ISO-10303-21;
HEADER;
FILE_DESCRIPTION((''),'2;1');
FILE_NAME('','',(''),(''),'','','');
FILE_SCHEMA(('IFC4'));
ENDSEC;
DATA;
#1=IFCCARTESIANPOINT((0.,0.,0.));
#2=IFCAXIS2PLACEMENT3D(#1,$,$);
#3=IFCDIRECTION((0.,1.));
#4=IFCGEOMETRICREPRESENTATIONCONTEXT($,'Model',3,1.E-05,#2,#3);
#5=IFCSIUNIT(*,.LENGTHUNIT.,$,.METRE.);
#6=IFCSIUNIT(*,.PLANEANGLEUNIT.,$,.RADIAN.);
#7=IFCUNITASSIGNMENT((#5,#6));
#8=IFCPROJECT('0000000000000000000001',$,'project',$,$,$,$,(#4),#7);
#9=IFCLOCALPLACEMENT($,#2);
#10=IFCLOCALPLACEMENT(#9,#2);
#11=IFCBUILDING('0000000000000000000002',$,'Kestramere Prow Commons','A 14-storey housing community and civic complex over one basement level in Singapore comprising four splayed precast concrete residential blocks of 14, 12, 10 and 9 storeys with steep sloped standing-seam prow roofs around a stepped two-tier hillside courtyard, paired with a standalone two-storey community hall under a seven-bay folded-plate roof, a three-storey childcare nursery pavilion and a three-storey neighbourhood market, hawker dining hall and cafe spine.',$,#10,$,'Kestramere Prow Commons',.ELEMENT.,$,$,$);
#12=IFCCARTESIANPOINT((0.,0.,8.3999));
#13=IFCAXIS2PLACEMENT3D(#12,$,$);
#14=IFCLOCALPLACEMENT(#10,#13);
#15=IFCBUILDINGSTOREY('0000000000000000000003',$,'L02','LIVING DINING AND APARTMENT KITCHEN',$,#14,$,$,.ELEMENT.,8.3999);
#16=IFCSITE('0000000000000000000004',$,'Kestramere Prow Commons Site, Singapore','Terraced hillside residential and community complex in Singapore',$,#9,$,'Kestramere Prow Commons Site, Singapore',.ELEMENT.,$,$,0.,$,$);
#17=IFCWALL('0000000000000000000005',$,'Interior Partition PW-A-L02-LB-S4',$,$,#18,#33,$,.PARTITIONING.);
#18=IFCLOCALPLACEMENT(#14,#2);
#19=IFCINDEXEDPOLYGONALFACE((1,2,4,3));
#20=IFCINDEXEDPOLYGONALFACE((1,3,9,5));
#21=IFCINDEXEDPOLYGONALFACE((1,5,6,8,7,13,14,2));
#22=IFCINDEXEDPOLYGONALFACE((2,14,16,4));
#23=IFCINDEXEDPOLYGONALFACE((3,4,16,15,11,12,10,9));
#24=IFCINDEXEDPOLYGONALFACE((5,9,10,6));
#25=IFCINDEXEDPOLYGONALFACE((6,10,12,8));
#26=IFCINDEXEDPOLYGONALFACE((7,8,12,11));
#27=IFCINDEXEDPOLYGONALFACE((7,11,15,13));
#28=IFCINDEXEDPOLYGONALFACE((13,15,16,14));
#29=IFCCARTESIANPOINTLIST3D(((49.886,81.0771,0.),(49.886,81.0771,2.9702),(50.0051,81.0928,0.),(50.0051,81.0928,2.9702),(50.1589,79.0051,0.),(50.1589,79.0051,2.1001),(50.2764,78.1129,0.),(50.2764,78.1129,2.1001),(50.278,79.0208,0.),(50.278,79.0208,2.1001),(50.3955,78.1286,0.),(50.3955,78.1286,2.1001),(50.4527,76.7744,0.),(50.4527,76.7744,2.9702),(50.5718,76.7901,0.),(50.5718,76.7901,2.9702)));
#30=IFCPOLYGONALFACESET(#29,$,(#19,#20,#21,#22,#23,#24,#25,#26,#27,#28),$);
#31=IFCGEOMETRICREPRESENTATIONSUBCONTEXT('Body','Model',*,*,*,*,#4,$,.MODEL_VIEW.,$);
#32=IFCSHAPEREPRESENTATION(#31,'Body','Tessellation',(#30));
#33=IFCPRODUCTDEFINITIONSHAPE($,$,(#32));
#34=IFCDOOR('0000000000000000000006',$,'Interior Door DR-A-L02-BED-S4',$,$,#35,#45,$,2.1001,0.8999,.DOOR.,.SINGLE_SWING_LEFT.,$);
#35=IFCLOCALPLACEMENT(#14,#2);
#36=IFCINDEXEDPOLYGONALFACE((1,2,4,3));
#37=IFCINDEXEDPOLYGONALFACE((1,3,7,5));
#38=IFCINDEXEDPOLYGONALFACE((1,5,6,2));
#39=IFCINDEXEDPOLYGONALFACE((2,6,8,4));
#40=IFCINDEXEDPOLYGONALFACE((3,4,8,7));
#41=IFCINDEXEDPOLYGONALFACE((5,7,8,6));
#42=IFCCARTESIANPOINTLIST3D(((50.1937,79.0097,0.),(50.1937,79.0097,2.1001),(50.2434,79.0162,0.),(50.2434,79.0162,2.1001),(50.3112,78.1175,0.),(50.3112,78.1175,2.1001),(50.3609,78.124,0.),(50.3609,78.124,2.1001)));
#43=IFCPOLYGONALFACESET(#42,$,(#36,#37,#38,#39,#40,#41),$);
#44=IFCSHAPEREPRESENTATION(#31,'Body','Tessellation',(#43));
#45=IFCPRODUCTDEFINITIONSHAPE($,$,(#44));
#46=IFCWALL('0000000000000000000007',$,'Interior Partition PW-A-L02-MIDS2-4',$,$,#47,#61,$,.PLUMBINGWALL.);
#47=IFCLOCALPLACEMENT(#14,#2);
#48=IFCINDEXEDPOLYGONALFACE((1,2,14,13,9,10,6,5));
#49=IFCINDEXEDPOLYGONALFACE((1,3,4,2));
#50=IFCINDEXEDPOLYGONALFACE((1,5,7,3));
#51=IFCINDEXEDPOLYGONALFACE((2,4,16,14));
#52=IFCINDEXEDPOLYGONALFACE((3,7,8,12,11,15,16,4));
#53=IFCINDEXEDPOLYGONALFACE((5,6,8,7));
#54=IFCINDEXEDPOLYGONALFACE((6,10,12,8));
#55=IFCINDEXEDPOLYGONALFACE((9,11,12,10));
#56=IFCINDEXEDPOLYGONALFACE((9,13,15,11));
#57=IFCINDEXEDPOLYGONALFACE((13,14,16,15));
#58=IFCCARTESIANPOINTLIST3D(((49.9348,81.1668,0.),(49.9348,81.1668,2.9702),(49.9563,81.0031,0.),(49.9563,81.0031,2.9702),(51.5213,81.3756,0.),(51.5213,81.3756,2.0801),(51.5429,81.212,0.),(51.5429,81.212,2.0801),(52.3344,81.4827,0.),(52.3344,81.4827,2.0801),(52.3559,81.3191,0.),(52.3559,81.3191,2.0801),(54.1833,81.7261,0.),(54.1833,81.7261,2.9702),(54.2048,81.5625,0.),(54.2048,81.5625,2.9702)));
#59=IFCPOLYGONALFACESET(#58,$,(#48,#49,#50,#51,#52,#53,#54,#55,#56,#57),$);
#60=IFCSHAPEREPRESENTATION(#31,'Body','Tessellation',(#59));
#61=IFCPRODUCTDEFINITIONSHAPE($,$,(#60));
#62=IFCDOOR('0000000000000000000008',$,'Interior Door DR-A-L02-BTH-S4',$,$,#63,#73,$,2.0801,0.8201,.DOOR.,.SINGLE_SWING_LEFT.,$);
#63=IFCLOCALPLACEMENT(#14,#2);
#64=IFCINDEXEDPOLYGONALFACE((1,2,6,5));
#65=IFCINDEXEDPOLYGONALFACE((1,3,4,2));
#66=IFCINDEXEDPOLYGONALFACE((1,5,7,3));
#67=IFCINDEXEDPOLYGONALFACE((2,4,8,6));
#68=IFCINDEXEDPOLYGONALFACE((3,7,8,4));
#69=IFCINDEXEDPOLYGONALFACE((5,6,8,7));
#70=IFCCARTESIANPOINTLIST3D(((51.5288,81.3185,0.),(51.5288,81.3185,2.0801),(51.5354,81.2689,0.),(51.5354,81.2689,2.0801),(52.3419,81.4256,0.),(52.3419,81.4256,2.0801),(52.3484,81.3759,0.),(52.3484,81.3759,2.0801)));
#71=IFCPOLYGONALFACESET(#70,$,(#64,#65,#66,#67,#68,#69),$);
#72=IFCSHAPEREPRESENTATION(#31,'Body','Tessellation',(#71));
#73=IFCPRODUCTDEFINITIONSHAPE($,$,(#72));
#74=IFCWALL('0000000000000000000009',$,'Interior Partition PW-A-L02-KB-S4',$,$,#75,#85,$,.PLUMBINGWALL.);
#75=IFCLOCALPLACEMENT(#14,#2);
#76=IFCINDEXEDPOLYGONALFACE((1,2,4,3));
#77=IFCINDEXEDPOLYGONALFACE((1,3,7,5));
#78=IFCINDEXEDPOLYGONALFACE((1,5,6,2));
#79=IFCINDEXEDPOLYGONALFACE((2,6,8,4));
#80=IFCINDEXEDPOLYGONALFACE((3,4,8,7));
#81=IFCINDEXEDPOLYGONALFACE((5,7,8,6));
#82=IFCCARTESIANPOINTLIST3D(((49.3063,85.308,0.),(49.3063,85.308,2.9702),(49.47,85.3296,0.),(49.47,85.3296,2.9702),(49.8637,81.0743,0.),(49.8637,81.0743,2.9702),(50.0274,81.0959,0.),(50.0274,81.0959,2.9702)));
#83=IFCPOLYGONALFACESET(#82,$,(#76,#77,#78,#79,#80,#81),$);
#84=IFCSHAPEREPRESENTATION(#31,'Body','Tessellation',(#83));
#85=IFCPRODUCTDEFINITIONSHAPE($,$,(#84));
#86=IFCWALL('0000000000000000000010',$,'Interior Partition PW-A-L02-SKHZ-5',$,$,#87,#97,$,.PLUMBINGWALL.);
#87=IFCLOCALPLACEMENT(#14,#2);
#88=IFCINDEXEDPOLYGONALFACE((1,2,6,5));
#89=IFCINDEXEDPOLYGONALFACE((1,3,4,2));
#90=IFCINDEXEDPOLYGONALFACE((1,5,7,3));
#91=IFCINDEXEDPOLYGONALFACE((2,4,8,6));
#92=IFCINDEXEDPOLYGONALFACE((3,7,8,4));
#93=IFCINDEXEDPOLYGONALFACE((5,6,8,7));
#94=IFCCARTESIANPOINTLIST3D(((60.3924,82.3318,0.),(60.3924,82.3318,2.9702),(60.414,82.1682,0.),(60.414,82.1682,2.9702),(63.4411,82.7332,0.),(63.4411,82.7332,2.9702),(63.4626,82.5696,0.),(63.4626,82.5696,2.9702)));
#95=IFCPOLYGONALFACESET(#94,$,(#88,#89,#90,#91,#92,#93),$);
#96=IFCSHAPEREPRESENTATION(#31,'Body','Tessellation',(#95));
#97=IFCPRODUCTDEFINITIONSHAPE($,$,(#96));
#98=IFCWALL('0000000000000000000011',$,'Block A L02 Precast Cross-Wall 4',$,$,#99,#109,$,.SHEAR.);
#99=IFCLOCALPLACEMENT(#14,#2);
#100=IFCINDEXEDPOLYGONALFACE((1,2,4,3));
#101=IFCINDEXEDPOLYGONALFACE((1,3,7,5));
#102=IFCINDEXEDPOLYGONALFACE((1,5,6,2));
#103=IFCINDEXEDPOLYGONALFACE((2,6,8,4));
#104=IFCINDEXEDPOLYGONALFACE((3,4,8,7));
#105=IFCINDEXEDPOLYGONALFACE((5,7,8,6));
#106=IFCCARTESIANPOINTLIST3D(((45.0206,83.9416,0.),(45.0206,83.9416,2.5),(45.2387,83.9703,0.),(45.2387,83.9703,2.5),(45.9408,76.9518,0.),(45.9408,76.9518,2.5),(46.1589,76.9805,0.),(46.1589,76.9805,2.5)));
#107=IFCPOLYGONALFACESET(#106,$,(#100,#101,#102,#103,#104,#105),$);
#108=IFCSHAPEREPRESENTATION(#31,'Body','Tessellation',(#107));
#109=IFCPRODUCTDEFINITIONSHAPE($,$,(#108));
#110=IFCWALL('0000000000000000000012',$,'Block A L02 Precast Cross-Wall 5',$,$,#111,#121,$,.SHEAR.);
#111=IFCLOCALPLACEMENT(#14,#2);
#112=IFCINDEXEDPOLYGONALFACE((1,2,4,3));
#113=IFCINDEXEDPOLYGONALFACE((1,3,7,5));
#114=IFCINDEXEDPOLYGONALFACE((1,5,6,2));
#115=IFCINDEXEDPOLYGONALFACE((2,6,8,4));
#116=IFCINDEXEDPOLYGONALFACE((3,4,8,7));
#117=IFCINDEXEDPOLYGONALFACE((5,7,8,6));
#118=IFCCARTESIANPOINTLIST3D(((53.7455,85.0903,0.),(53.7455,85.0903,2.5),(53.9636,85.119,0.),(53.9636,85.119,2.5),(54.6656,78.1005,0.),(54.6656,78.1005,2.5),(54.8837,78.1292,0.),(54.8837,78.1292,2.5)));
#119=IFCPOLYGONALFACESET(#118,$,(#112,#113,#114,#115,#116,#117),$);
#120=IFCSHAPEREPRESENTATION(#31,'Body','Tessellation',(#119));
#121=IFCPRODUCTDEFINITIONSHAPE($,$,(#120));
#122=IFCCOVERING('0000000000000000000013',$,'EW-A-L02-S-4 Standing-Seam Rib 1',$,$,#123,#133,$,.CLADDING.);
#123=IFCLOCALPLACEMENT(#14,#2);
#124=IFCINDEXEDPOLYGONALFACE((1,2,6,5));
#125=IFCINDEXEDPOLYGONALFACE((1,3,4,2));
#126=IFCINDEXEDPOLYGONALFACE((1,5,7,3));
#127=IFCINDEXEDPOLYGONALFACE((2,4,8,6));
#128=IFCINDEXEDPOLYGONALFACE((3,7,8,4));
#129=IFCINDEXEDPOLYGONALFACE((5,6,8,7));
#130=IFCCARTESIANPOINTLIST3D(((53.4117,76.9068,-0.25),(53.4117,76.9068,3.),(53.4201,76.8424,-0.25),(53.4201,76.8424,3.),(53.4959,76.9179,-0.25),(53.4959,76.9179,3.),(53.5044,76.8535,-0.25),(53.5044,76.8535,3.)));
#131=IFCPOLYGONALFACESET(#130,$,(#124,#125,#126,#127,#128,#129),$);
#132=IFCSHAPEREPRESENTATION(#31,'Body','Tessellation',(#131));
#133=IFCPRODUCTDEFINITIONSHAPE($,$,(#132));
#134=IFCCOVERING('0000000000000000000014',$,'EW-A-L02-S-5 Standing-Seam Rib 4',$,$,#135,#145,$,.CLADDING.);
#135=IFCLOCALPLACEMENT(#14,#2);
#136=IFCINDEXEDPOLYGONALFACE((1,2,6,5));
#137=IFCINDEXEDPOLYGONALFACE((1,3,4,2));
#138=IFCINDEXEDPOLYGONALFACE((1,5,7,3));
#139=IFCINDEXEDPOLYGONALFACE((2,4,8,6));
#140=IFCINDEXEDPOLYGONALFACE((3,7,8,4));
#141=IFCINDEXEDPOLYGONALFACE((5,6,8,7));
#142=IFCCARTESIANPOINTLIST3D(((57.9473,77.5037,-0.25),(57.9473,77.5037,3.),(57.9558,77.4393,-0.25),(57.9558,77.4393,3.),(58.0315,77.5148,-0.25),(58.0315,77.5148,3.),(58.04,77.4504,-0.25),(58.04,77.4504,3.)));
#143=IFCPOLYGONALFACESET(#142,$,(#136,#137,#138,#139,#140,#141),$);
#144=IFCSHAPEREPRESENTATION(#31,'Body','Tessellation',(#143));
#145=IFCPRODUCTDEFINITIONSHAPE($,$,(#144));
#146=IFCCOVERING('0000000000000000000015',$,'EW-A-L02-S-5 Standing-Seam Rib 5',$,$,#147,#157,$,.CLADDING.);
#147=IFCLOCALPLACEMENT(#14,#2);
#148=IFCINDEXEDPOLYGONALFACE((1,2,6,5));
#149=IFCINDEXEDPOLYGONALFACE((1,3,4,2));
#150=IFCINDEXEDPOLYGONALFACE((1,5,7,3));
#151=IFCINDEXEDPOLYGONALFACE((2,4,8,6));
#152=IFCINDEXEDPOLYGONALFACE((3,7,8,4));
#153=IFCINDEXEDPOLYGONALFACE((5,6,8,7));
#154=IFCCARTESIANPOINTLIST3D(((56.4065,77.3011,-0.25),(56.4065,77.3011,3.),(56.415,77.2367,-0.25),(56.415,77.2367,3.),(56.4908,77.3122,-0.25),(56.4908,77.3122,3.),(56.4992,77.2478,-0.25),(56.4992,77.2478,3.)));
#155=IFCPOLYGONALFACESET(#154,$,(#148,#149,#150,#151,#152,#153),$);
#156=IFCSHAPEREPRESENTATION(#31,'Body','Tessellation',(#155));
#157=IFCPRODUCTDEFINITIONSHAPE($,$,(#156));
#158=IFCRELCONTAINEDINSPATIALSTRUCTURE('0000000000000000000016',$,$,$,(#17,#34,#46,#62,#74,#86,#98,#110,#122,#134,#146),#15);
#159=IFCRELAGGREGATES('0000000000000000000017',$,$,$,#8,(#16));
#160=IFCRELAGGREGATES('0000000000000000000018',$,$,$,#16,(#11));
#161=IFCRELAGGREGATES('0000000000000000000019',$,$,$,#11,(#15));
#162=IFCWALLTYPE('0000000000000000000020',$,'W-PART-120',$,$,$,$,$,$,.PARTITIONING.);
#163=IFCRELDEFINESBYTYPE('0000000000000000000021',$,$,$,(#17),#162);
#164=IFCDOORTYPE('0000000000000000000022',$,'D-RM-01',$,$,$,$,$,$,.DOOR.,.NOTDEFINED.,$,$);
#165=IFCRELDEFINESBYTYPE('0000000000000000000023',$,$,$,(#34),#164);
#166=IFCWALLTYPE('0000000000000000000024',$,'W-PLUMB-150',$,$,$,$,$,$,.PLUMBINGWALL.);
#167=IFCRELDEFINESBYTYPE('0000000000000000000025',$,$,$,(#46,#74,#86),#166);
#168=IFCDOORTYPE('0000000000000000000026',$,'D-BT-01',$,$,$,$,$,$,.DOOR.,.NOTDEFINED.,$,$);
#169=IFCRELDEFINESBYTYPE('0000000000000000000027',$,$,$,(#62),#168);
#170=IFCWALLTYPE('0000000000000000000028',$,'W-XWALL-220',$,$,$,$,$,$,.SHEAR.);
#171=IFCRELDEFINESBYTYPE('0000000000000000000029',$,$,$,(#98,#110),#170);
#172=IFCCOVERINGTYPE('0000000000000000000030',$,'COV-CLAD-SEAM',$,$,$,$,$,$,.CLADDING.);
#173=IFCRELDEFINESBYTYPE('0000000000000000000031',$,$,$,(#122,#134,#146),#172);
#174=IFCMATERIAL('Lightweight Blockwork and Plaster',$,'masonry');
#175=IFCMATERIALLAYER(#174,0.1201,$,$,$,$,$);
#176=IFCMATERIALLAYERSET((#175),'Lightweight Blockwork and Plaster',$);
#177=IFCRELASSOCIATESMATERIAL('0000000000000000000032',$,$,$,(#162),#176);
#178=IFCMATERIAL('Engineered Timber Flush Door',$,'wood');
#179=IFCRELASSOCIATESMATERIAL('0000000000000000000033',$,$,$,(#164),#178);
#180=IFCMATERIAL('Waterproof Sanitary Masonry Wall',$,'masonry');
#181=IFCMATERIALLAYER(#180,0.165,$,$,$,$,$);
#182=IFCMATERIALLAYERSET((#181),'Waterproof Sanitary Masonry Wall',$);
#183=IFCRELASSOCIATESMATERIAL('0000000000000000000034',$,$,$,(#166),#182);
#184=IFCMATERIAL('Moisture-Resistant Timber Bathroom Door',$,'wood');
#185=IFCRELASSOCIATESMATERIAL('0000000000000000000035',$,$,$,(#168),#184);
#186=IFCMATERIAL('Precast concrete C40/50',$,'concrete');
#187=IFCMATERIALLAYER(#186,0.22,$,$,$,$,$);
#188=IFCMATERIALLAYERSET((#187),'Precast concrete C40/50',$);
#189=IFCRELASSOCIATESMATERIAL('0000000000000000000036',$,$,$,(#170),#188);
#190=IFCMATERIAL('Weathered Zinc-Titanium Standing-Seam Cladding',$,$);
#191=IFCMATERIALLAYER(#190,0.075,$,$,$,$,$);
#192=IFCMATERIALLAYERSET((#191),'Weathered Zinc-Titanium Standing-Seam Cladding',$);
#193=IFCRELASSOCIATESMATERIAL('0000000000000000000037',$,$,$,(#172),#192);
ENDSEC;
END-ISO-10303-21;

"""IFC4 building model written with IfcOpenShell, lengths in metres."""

from ifc_helpers import new_model, si_unit, direction, frame, frame_2d, origin, origin_2d, place, context, subcontext, project, spatial, rectangle, extrude, material, layer, layer_set, type_object, element, fill, save


model = new_model("IFC4")

# Units and contexts
model_context = context("Model", 3, precision=1e-05, world=origin(), true_north=direction((0.0, 1.0)))
body_context = subcontext(model_context, "Body", "Model", "MODEL_VIEW")
ifc_project = project(units=[si_unit("LENGTHUNIT", "METRE"), si_unit("PLANEANGLEUNIT", "RADIAN")], contexts=[model_context])

# Site, building, storey
site_placement = place(None, origin())
site = spatial("IfcSite", under=ifc_project, at=site_placement, Name="Kestramere Prow Commons Site, Singapore", Description="Terraced hillside residential and community complex in Singapore", LongName="Kestramere Prow Commons Site, Singapore", CompositionType="ELEMENT", RefElevation=0.0)
building_placement = place(site_placement, origin())
building = spatial("IfcBuilding", under=site, at=building_placement, Name="Kestramere Prow Commons", Description="A 14-storey housing community and civic complex over one basement level in Singapore comprising four splayed precast concrete residential blocks of 14, 12, 10 and 9 storeys with steep sloped standing-seam prow roofs around a stepped two-tier hillside courtyard, paired with a standalone two-storey community hall under a seven-bay folded-plate roof, a three-storey childcare nursery pavilion and a three-storey neighbourhood market, hawker dining hall and cafe spine.", LongName="Kestramere Prow Commons", CompositionType="ELEMENT")
storey_placement = place(building_placement, frame((0.0, 0.0, 8.3999)))
storey = spatial("IfcBuildingStorey", under=building, at=storey_placement, Name="L02", Description="LIVING DINING AND APARTMENT KITCHEN", CompositionType="ELEMENT", Elevation=8.3999)

# Shared definitions
ifc_material_1 = material(Name="Precast concrete C40/50", Category="concrete")

# Walls, openings, doors
ifc_material_2 = material(Name="Lightweight Blockwork and Plaster", Category="masonry")
ifc_layer_1 = layer(ifc_material_2, 0.1201)
ifc_layer_set_1 = layer_set([ifc_layer_1], Name="Lightweight Blockwork and Plaster")
wall_type_1 = type_object("IfcWallType", Name="W-PART-120", PredefinedType="PARTITIONING", material=ifc_layer_set_1)
wall_1_placement = place(storey_placement, frame((50.5122, 76.7822, 0.0), z_axis=(0.0, 0.0, 1.0), x_axis=(-0.130568, 0.991439, 0.0)))
wall_1 = element("IfcWall", 1, at=wall_1_placement, inside=storey, type_object=wall_type_1, Name="Interior Partition PW-A-L02-LB-S4", PredefinedType="PARTITIONING", context=body_context, shape_type="SweptSolid", body=[
    extrude(rectangle(XDim=4.3398, YDim=0.1201, at=frame_2d((2.1699, 0.0))), origin(), (0.0, 0.0, 1.0), 2.9702),
])
opening_1_placement = place(wall_1_placement, frame((1.3501, 0.0, 0.0)))
opening_1 = element("IfcOpeningElement", 2, at=opening_1_placement, cuts=wall_1, PredefinedType="OPENING", context=body_context, shape_type="SweptSolid", body=[
    extrude(rectangle(XDim=0.8999, YDim=2.1001, at=frame_2d((0.45, 1.05))), frame((0.0, 0.075, 0.0), z_axis=(0.0, -1.0, 0.0), x_axis=(1.0, 0.0, 0.0)), (0.0, 0.0, 1.0), 0.1501),
])
ifc_material_3 = material(Name="Engineered Timber Flush Door", Category="wood")
door_type_1 = type_object("IfcDoorType", Name="D-RM-01", OperationType="NOTDEFINED", PredefinedType="DOOR", material=ifc_material_3)
door_1_placement = place(opening_1_placement, origin())
door_1 = element("IfcDoor", 3, at=door_1_placement, inside=storey, type_object=door_type_1, Name="Interior Door DR-A-L02-BED-S4", OperationType="SINGLE_SWING_LEFT", OverallHeight=2.1001, OverallWidth=0.8999, PredefinedType="DOOR", context=body_context, shape_type="SweptSolid", body=[
    extrude(rectangle(XDim=0.8999, YDim=2.1001, at=frame_2d((0.45, 1.05))), frame((0.0, 0.0249, 0.0), z_axis=(0.0, -1.0, 0.0), x_axis=(1.0, 0.0, 0.0)), (0.0, 0.0, 1.0), 0.05),
])
fill(opening_1, door_1)
ifc_material_4 = material(Name="Waterproof Sanitary Masonry Wall", Category="masonry")
ifc_layer_2 = layer(ifc_material_4, 0.165)
ifc_layer_set_2 = layer_set([ifc_layer_2], Name="Waterproof Sanitary Masonry Wall")
wall_type_2 = type_object("IfcWallType", Name="W-PLUMB-150", PredefinedType="PLUMBINGWALL", material=ifc_layer_set_2)
wall_2_placement = place(storey_placement, frame((49.9456, 81.085, 0.0), z_axis=(0.0, 0.0, 1.0), x_axis=(0.991445, 0.130525, 0.0)))
wall_2 = element("IfcWall", 4, at=wall_2_placement, inside=storey, type_object=wall_type_2, Name="Interior Partition PW-A-L02-MIDS2-4", PredefinedType="PLUMBINGWALL", context=body_context, shape_type="SweptSolid", body=[
    extrude(rectangle(XDim=4.2852, YDim=0.165, at=frame_2d((2.1426, 0.0))), origin(), (0.0, 0.0, 1.0), 2.9702),
])
opening_2_placement = place(wall_2_placement, frame((1.6001, 0.0, 0.0)))
opening_2 = element("IfcOpeningElement", 5, at=opening_2_placement, cuts=wall_2, PredefinedType="OPENING", context=body_context, shape_type="SweptSolid", body=[
    extrude(rectangle(XDim=0.8201, YDim=2.0801, at=frame_2d((0.4102, 1.04))), frame((0.0, 0.0974, 0.0), z_axis=(0.0, -1.0, 0.0), x_axis=(1.0, 0.0, 0.0)), (0.0, 0.0, 1.0), 0.1951),
])
ifc_material_5 = material(Name="Moisture-Resistant Timber Bathroom Door", Category="wood")
door_type_2 = type_object("IfcDoorType", Name="D-BT-01", OperationType="NOTDEFINED", PredefinedType="DOOR", material=ifc_material_5)
door_2_placement = place(opening_2_placement, origin())
door_2 = element("IfcDoor", 6, at=door_2_placement, inside=storey, type_object=door_type_2, Name="Interior Door DR-A-L02-BTH-S4", OperationType="SINGLE_SWING_LEFT", OverallHeight=2.0801, OverallWidth=0.8201, PredefinedType="DOOR", context=body_context, shape_type="SweptSolid", body=[
    extrude(rectangle(XDim=0.8201, YDim=2.0801, at=frame_2d((0.4102, 1.04))), frame((0.0, 0.0249, 0.0), z_axis=(0.0, -1.0, 0.0), x_axis=(1.0, 0.0, 0.0)), (0.0, 0.0, 1.0), 0.05),
])
fill(opening_2, door_2)

# Walls
wall_3_placement = place(storey_placement, frame((49.9456, 81.085, 0.0), z_axis=(0.0, 0.0, 1.0), x_axis=(-0.130527, 0.991445, 0.0)))
element("IfcWall", 7, at=wall_3_placement, inside=storey, type_object=wall_type_2, Name="Interior Partition PW-A-L02-KB-S4", PredefinedType="PLUMBINGWALL", context=body_context, shape_type="SweptSolid", body=[
    extrude(rectangle(XDim=4.2703, YDim=0.165, at=frame_2d((2.1353, 0.0))), origin(), (0.0, 0.0, 1.0), 2.9702),
])
wall_4_placement = place(storey_placement, frame((60.4031, 82.25, 0.0), z_axis=(0.0, 0.0, 1.0), x_axis=(0.991444, 0.130531, 0.0)))
element("IfcWall", 8, at=wall_4_placement, inside=storey, type_object=wall_type_2, Name="Interior Partition PW-A-L02-SKHZ-5", PredefinedType="PLUMBINGWALL", context=body_context, shape_type="SweptSolid", body=[
    extrude(rectangle(XDim=3.075, YDim=0.165, at=frame_2d((1.5376, 0.0))), origin(), (0.0, 0.0, 1.0), 2.9702),
])
ifc_layer_3 = layer(ifc_material_1, 0.22)
ifc_layer_set_3 = layer_set([ifc_layer_3], Name="Precast concrete C40/50")
wall_type_3 = type_object("IfcWallType", Name="W-XWALL-220", PredefinedType="SHEAR", material=ifc_layer_set_3)
for number, where, z_axis, x_axis, name in (
    (9, (46.0498, 76.9663, 0.0), (0.0, 0.0, 1.0), (-0.130519, 0.991446, 0.0), "Block A L02 Precast Cross-Wall 4"),
    (10, (54.7747, 78.115, 0.0), (0.0, 0.0, 1.0), (-0.130519, 0.991446, 0.0), "Block A L02 Precast Cross-Wall 5"),
):
    element("IfcWall", number, at=place(storey_placement, frame(where, z_axis=z_axis, x_axis=x_axis)), inside=storey, type_object=wall_type_3, Name=name, PredefinedType="SHEAR", context=body_context, shape_type="SweptSolid", body=[
        extrude(rectangle(XDim=7.05, YDim=0.22, at=frame_2d((3.5249, 0.0))), origin(), (0.0, 0.0, 1.0), 2.5),
    ])

# Coverings
ifc_material_6 = material(Name="Weathered Zinc-Titanium Standing-Seam Cladding")
ifc_layer_4 = layer(ifc_material_6, 0.075)
ifc_layer_set_4 = layer_set([ifc_layer_4], Name="Weathered Zinc-Titanium Standing-Seam Cladding")
covering_type = type_object("IfcCoveringType", Name="COV-CLAD-SEAM", PredefinedType="CLADDING", material=ifc_layer_set_4)
for number, where, z_axis, x_axis, name in (
    (11, (53.458, 76.8801, -0.25), (0.0, 0.0, 1.0), (-0.991445, -0.130526, 0.0), "EW-A-L02-S-4 Standing-Seam Rib 1"),
    (12, (57.9937, 77.4771, -0.25), (0.0, 0.0, 1.0), (-0.991445, -0.130526, 0.0), "EW-A-L02-S-5 Standing-Seam Rib 4"),
    (13, (56.4529, 77.2744, -0.25), (0.0, 0.0, 1.0), (-0.991445, -0.130526, 0.0), "EW-A-L02-S-5 Standing-Seam Rib 5"),
):
    element("IfcCovering", number, at=place(storey_placement, frame(where, z_axis=z_axis, x_axis=x_axis)), inside=storey, type_object=covering_type, Name=name, PredefinedType="CLADDING", context=body_context, shape_type="SweptSolid", body=[
        extrude(rectangle(XDim=0.085, YDim=0.0649, at=origin_2d()), origin(), (0.0, 0.0, 1.0), 3.25),
    ])

save(model, "model.ifc")
